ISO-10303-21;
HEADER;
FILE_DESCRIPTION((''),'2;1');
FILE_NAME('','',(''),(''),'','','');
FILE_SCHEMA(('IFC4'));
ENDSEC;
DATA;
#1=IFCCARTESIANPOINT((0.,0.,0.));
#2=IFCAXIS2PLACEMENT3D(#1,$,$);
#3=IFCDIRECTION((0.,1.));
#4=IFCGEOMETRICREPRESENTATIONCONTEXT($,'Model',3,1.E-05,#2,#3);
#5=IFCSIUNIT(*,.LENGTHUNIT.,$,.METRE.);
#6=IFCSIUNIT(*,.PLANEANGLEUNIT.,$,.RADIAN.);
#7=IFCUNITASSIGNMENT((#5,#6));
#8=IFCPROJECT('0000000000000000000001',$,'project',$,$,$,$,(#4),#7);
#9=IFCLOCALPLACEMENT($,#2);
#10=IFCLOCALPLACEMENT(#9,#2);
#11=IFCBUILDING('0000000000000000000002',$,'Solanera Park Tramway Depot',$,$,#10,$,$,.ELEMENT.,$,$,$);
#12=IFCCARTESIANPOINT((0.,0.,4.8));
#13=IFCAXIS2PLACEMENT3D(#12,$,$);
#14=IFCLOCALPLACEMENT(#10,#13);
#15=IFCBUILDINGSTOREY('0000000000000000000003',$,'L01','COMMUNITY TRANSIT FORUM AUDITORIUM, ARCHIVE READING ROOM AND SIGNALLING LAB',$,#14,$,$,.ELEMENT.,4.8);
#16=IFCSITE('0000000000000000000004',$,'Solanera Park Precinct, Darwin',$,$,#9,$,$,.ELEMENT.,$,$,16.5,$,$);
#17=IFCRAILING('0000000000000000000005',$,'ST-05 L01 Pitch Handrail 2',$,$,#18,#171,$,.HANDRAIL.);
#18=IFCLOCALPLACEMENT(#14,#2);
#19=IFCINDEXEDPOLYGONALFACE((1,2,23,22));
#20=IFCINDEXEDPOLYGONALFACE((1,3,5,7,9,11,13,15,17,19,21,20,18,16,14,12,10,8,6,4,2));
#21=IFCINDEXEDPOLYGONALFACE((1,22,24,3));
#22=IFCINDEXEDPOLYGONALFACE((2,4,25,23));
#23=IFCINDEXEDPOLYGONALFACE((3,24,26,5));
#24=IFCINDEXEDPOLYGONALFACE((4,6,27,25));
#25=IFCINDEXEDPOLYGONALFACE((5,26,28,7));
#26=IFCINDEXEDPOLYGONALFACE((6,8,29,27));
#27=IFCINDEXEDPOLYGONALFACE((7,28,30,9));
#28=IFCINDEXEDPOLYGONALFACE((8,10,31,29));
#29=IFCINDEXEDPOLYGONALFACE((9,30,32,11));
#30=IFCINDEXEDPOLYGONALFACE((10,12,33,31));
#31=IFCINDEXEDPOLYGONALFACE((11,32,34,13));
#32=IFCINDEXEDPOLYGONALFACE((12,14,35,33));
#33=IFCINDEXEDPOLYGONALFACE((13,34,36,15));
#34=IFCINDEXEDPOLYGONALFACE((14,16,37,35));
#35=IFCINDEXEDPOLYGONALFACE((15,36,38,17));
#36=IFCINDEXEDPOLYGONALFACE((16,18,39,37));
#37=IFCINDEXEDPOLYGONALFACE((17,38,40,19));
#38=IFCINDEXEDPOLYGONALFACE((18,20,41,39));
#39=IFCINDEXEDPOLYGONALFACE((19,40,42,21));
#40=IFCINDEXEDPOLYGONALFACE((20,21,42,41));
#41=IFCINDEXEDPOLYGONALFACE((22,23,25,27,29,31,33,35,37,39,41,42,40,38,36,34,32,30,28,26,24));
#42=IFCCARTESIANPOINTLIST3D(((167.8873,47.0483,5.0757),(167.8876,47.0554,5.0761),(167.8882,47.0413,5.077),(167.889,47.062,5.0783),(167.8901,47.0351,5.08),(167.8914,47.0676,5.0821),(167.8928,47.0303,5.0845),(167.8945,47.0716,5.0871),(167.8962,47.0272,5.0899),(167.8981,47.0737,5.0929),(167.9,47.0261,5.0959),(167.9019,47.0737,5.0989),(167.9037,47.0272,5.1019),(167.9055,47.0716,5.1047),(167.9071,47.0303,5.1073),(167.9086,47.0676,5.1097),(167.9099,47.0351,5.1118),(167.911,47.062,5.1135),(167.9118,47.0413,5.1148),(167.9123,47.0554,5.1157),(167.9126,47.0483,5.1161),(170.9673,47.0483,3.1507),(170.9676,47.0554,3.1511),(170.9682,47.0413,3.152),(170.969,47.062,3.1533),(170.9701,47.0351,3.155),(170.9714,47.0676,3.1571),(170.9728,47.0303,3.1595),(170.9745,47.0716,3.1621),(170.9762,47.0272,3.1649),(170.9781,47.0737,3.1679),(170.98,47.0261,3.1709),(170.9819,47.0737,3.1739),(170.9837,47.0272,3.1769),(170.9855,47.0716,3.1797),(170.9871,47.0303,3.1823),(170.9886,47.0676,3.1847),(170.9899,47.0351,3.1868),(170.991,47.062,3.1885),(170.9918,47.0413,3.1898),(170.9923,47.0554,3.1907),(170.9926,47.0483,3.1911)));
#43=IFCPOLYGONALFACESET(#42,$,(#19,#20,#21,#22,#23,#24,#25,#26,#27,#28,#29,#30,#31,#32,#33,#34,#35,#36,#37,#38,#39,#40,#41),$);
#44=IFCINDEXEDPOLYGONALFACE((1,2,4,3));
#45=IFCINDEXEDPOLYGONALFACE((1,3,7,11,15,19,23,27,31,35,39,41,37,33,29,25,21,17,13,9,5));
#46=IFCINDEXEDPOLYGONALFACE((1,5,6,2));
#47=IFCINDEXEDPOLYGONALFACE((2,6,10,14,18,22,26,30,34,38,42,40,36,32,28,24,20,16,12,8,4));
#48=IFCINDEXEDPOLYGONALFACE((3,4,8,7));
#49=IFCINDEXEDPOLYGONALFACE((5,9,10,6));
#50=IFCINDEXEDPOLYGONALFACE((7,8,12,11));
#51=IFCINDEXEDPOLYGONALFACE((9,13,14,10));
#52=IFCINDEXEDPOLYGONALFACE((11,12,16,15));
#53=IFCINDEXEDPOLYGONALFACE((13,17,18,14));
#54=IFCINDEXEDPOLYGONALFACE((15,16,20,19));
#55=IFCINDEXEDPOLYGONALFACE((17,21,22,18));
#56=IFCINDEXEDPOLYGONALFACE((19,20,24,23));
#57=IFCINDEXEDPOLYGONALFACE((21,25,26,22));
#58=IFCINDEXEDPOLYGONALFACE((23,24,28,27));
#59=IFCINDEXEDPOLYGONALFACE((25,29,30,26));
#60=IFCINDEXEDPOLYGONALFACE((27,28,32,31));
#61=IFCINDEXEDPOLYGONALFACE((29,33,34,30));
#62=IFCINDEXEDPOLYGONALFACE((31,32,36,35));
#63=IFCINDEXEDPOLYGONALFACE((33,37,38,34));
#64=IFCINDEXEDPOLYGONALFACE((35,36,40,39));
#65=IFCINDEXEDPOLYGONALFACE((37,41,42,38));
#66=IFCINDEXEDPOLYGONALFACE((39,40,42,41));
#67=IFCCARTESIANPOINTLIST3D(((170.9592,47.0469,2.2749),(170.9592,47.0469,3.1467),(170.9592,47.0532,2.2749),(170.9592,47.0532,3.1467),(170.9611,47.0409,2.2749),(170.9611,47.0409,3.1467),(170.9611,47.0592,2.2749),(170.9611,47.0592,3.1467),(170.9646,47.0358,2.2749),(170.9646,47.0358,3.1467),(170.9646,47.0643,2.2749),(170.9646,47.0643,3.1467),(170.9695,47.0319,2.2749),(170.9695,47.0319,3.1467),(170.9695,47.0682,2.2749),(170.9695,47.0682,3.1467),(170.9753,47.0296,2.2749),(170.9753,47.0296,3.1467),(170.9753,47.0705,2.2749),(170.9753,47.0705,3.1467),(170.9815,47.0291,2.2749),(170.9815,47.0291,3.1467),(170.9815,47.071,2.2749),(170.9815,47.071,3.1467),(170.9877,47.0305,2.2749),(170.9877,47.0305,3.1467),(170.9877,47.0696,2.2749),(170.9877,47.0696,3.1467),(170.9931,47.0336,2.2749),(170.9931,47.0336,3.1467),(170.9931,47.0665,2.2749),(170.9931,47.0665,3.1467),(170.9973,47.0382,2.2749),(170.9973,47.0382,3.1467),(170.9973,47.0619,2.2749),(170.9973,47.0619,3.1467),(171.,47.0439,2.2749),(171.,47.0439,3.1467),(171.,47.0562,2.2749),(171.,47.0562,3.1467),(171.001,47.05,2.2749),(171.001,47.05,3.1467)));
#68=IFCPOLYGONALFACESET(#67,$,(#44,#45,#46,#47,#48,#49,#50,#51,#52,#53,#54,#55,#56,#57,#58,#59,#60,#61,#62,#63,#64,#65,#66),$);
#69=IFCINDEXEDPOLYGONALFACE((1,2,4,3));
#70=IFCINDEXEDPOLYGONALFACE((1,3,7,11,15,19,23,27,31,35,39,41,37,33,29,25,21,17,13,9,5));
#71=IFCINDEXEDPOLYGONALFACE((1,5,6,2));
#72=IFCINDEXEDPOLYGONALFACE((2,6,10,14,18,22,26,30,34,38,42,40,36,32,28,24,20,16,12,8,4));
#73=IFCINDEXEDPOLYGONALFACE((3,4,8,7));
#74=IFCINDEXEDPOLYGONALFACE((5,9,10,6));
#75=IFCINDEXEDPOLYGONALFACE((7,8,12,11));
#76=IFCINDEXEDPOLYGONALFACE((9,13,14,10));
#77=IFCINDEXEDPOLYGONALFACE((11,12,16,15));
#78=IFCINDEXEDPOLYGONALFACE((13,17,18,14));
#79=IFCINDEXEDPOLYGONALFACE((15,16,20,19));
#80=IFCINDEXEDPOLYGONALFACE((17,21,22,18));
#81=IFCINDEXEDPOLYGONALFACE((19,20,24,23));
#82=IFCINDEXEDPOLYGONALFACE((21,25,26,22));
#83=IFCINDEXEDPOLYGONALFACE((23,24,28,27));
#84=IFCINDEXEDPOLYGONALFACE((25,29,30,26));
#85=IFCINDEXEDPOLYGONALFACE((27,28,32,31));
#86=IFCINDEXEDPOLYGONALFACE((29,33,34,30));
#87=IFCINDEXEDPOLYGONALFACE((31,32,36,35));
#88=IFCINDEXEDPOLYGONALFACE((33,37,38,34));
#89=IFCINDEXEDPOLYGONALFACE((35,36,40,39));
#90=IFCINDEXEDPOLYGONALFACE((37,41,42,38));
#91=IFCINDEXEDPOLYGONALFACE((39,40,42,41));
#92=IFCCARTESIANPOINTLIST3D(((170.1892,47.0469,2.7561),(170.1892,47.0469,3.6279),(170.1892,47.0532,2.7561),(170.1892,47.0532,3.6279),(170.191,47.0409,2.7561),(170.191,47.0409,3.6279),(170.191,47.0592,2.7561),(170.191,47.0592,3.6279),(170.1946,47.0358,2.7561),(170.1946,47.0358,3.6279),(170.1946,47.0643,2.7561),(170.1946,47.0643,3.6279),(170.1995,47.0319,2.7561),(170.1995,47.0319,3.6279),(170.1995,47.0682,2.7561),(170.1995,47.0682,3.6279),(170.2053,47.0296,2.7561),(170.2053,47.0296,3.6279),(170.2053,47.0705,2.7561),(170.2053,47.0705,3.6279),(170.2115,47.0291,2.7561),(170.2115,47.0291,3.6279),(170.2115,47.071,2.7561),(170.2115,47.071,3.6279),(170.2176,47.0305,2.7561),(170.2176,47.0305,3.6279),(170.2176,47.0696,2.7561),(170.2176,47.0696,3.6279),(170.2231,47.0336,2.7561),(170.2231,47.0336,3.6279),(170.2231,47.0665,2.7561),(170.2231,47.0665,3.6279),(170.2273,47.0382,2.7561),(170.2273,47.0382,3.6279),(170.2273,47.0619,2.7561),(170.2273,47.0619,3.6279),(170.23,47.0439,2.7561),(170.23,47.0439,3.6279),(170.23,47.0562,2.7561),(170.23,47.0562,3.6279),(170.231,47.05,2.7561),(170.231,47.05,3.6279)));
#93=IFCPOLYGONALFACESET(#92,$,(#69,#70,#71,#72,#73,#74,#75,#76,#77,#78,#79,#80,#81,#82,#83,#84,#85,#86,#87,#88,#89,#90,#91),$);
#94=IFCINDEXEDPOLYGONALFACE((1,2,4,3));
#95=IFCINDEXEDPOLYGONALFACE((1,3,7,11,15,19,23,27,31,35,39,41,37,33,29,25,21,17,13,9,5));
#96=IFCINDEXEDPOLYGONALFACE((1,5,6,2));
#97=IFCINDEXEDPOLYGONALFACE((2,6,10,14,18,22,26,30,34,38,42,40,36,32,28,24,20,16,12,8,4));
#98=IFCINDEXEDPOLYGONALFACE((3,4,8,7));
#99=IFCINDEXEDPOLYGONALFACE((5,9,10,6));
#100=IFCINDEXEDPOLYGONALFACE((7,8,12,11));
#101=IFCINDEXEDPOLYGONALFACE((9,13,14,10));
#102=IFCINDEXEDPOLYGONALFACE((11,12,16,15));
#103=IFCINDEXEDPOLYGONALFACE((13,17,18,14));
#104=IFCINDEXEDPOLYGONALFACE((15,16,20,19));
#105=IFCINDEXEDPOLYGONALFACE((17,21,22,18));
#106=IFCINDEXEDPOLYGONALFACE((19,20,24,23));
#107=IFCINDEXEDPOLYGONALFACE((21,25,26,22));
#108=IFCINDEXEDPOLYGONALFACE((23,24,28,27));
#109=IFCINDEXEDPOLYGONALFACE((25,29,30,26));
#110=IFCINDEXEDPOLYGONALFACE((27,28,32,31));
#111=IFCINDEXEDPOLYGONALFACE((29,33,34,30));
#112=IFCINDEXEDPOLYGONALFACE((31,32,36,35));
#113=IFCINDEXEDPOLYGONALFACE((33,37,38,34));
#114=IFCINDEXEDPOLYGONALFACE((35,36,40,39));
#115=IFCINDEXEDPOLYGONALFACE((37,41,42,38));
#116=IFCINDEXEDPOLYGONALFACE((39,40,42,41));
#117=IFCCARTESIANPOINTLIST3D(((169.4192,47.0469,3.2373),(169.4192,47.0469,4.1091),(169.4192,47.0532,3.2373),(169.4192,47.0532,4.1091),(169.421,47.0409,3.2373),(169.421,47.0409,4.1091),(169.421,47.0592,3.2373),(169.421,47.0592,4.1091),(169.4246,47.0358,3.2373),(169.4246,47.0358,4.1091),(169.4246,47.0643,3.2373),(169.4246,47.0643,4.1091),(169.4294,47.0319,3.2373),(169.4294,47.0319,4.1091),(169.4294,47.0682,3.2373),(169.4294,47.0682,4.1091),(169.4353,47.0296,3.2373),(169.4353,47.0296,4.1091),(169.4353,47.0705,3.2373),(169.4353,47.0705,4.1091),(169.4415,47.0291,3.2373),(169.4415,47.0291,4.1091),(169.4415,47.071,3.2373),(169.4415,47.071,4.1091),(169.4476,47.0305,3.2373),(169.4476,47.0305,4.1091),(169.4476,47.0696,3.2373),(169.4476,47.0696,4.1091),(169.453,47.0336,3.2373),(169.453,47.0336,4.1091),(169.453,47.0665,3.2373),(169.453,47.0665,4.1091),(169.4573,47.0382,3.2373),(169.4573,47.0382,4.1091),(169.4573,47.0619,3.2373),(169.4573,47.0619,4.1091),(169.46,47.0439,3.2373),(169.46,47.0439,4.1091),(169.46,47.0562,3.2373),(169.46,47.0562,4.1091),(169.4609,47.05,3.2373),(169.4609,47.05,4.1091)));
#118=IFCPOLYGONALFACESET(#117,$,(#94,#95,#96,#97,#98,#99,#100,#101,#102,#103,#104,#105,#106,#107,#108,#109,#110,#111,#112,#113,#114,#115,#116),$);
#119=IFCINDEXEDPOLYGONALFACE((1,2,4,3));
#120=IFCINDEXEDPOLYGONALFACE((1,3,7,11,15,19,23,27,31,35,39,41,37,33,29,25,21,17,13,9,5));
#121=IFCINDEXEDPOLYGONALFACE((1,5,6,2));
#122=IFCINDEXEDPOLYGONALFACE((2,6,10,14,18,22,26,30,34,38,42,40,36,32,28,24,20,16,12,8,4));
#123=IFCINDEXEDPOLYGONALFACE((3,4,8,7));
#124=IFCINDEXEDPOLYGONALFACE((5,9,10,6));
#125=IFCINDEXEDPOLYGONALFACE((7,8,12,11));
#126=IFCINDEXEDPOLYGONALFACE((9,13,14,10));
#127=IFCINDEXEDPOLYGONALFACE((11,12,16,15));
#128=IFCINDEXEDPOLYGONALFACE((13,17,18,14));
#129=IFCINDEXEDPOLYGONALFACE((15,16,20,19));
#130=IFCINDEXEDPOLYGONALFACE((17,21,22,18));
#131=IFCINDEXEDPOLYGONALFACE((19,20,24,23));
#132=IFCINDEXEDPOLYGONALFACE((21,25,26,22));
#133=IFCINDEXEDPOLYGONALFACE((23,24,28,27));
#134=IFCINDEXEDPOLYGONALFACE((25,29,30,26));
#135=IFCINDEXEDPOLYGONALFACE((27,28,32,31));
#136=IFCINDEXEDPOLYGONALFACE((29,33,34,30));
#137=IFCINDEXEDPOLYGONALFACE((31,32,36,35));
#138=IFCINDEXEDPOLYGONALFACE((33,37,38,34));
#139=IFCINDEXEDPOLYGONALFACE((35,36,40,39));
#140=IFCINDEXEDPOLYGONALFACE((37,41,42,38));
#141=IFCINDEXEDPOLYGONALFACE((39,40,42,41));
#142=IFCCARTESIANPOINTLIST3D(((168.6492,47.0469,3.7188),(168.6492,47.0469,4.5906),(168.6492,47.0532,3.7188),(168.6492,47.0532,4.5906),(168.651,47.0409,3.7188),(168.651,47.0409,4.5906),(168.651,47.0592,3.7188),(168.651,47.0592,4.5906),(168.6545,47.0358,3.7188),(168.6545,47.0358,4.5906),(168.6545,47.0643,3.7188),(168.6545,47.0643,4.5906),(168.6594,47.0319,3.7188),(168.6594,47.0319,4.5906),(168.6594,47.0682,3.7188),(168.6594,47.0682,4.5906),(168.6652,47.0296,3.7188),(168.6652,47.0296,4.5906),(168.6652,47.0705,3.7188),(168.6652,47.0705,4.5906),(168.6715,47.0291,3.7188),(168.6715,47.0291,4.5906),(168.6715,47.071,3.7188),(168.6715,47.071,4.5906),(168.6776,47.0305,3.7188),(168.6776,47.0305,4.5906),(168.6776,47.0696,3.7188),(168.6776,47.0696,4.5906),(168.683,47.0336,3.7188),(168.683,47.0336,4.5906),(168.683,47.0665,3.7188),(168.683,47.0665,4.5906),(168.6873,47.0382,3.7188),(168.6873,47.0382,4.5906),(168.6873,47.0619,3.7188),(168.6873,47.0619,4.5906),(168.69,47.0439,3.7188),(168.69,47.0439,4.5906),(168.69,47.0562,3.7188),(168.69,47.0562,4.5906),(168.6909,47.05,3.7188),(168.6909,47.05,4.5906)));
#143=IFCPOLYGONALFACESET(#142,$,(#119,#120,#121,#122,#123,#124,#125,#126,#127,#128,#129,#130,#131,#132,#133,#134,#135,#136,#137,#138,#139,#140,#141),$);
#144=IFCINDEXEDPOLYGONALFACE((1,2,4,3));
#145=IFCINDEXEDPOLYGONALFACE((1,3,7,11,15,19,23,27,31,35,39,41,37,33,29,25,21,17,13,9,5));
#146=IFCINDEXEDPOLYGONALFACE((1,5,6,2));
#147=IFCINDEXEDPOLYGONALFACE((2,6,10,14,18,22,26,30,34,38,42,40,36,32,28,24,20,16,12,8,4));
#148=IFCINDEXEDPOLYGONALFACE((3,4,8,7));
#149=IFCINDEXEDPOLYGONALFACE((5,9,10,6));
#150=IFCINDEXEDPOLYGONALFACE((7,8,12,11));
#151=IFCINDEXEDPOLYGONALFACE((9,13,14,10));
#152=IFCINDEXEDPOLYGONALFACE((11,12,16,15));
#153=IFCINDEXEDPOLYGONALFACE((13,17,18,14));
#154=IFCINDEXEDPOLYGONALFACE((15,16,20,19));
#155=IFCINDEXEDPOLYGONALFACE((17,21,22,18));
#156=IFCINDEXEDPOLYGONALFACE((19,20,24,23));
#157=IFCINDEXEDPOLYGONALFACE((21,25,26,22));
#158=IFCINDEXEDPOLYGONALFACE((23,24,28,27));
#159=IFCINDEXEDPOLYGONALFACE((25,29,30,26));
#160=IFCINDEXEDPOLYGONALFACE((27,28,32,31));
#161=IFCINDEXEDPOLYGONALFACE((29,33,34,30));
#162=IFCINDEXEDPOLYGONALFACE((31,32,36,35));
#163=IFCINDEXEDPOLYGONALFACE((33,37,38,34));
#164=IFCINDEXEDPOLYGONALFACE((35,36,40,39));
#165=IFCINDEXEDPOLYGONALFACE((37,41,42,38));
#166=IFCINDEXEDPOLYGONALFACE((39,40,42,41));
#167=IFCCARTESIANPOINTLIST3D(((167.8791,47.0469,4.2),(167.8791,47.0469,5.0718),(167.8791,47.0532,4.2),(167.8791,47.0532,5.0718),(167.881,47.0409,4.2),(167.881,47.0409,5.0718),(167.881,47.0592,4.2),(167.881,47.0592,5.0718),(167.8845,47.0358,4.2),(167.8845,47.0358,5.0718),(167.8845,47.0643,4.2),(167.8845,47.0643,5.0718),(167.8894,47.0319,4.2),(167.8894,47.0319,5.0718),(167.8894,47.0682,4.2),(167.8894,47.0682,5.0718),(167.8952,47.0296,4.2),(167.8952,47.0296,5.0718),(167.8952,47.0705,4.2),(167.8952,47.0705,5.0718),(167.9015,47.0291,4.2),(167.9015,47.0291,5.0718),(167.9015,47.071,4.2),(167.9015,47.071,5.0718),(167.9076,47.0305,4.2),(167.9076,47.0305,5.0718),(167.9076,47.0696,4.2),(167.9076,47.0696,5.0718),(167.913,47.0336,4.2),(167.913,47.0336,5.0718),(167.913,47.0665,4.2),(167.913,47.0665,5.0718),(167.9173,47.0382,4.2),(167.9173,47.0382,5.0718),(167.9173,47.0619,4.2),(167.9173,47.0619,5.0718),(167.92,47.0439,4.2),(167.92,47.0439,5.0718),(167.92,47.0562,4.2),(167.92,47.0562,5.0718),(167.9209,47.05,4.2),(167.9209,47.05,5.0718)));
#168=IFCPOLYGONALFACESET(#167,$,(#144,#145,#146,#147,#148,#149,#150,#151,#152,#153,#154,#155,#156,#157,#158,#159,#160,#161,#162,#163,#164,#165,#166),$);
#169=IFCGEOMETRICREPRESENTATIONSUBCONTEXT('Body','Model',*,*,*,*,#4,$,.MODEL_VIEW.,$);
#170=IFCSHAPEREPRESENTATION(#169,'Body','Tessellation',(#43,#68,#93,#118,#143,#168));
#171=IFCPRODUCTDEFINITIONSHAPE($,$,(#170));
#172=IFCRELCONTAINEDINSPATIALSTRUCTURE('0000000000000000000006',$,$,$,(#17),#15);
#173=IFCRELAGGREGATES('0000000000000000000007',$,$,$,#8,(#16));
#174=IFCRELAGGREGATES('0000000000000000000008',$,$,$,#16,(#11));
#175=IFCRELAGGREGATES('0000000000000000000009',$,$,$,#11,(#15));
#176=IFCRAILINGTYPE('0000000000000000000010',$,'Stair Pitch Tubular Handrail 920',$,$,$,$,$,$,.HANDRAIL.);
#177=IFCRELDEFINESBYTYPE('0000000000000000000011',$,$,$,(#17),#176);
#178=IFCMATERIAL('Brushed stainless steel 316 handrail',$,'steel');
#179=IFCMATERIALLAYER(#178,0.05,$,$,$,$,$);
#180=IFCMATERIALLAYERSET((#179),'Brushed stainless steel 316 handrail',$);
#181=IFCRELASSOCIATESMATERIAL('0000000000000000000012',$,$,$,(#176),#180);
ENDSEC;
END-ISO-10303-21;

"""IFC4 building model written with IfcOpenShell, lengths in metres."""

from ifc_helpers import new_model, si_unit, direction, frame, origin, origin_2d, place, context, subcontext, project, spatial, circle, extrude, material, layer, layer_set, type_object, element, save


model = new_model("IFC4")

# Units and contexts
model_context = context("Model", 3, precision=1e-05, world=origin(), true_north=direction((0.0, 1.0)))
body_context = subcontext(model_context, "Body", "Model", "MODEL_VIEW")
ifc_project = project(units=[si_unit("LENGTHUNIT", "METRE"), si_unit("PLANEANGLEUNIT", "RADIAN")], contexts=[model_context])

# Site, building, storey
site_placement = place(None, origin())
site = spatial("IfcSite", under=ifc_project, at=site_placement, Name="Solanera Park Precinct, Darwin", CompositionType="ELEMENT", RefElevation=16.5)
building_placement = place(site_placement, origin())
building = spatial("IfcBuilding", under=site, at=building_placement, Name="Solanera Park Tramway Depot", CompositionType="ELEMENT")
storey_placement = place(building_placement, frame((0.0, 0.0, 4.8)))
storey = spatial("IfcBuildingStorey", under=building, at=storey_placement, Name="L01", Description="COMMUNITY TRANSIT FORUM AUDITORIUM, ARCHIVE READING ROOM AND SIGNALLING LAB", CompositionType="ELEMENT", Elevation=4.8)

# Railing
ifc_material_1 = material(Name="Brushed stainless steel 316 handrail", Category="steel")
ifc_layer_1 = layer(ifc_material_1, 0.05)
ifc_layer_set_1 = layer_set([ifc_layer_1], Name="Brushed stainless steel 316 handrail")
railing_type_1 = type_object("IfcRailingType", Name="Stair Pitch Tubular Handrail 920", PredefinedType="HANDRAIL", material=ifc_layer_set_1)
railing_1_placement = place(storey_placement, frame((170.98, 47.05, 2.2749)))
element("IfcRailing", 1, at=railing_1_placement, inside=storey, type_object=railing_type_1, Name="ST-05 L01 Pitch Handrail 2", PredefinedType="HANDRAIL", context=body_context, shape_type="SweptSolid", body=[
    extrude(circle(Radius=0.0239, at=origin_2d()), frame((0.0, 0.0, 0.896), z_axis=(-0.847998, 0.0, 0.529999), x_axis=(0.0, -1.0, 0.0)), (0.0, 0.0, 1.0), 3.6321),
    extrude(circle(Radius=0.021, at=origin_2d()), origin(), (0.0, 0.0, 1.0), 0.8718),
    extrude(circle(Radius=0.021, at=origin_2d()), frame((-0.77, 0.0, 0.4812)), (0.0, 0.0, 1.0), 0.8718),
    extrude(circle(Radius=0.021, at=origin_2d()), frame((-1.54, 0.0, 0.9624)), (0.0, 0.0, 1.0), 0.8718),
    extrude(circle(Radius=0.021, at=origin_2d()), frame((-2.3101, 0.0, 1.4438)), (0.0, 0.0, 1.0), 0.8718),
    extrude(circle(Radius=0.021, at=origin_2d()), frame((-3.0801, 0.0, 1.925)), (0.0, 0.0, 1.0), 0.8718),
])

save(model, "model.ifc")
